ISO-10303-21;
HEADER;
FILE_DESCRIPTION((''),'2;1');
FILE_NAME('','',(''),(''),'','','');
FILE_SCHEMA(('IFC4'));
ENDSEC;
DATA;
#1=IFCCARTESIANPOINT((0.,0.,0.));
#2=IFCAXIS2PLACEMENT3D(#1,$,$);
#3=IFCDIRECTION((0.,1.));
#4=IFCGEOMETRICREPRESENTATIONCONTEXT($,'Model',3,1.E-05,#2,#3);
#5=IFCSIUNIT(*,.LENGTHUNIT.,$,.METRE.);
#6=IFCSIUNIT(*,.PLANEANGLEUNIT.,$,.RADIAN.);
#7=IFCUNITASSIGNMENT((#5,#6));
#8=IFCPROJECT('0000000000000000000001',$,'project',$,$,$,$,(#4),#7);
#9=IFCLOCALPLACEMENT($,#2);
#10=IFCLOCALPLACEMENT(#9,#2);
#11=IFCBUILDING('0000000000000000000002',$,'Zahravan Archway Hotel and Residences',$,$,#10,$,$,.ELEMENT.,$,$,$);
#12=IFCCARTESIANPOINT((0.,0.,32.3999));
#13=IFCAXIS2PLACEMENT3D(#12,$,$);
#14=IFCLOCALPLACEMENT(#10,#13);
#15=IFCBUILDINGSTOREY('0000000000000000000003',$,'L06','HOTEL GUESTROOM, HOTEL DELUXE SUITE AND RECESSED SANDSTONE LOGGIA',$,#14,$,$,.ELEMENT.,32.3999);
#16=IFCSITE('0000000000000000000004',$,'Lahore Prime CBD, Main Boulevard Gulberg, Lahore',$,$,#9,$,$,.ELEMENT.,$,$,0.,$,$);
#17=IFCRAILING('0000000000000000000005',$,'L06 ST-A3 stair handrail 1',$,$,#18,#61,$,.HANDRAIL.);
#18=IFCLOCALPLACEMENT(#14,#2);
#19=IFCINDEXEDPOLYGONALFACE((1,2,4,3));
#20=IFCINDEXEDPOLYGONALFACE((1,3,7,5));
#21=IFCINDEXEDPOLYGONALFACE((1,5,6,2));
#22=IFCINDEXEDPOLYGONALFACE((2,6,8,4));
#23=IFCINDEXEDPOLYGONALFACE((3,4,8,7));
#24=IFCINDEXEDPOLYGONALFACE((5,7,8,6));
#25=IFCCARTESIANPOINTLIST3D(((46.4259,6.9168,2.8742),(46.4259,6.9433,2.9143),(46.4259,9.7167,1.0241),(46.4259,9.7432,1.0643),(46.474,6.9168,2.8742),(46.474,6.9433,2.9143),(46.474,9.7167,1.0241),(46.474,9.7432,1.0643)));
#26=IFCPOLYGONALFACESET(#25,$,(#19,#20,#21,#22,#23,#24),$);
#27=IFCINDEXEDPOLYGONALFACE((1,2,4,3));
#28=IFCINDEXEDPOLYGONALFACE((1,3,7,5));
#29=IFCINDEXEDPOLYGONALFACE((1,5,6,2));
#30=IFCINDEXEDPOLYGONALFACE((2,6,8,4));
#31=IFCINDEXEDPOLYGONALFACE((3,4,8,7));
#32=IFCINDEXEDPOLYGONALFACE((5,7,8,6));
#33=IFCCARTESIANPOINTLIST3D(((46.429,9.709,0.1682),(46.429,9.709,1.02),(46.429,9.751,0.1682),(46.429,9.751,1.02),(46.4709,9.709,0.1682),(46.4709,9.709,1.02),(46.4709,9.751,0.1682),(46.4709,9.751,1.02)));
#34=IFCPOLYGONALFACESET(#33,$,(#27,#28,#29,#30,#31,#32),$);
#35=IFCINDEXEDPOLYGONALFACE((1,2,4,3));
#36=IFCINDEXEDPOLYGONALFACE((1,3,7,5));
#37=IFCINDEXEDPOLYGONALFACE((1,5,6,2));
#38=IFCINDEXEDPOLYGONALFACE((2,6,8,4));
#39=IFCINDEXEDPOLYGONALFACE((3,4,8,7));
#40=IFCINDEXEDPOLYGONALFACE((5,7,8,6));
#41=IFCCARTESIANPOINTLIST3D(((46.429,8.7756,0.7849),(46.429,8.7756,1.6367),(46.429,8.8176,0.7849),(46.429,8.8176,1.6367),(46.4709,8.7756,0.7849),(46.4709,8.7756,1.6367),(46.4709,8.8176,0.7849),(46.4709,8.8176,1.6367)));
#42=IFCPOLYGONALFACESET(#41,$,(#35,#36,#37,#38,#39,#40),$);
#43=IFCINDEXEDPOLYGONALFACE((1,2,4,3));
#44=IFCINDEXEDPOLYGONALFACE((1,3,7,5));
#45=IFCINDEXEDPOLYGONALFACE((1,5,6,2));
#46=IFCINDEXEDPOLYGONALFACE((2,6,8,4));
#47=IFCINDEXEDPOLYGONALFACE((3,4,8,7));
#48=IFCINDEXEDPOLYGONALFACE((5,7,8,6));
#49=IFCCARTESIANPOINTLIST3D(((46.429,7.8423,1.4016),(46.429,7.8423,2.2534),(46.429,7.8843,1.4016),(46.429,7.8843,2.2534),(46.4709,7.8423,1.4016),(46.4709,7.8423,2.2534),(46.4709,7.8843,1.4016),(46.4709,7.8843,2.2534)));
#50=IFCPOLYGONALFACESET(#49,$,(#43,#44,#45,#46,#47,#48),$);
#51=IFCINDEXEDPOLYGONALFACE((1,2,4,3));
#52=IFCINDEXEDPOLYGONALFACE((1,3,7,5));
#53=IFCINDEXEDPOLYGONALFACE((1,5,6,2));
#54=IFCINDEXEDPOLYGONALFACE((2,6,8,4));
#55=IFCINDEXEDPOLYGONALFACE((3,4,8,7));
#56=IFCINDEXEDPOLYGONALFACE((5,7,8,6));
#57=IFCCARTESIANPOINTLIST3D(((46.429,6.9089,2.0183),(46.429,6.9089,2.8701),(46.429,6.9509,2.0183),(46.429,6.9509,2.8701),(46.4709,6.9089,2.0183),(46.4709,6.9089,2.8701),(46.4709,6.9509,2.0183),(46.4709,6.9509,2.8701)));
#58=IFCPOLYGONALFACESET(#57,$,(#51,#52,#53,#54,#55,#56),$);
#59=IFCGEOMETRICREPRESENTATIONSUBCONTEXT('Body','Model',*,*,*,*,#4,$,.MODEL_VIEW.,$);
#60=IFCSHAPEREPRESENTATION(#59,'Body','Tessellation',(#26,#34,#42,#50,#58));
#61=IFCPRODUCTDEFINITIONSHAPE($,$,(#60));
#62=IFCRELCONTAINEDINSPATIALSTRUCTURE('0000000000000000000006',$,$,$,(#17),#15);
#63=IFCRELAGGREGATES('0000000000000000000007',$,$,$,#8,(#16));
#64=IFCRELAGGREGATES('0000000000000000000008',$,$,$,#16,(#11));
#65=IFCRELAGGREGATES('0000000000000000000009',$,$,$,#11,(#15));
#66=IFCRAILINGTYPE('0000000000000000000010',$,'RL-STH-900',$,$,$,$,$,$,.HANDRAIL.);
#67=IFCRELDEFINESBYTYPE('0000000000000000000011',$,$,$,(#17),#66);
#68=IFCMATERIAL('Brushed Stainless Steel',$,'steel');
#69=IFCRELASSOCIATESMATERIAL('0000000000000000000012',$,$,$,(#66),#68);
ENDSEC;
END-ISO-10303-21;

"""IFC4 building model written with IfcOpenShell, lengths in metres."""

from ifc_helpers import new_model, si_unit, direction, frame, origin, origin_2d, place, context, subcontext, project, spatial, rectangle, extrude, material, type_object, element, save


model = new_model("IFC4")

# Units and contexts
model_context = context("Model", 3, precision=1e-05, world=origin(), true_north=direction((0.0, 1.0)))
body_context = subcontext(model_context, "Body", "Model", "MODEL_VIEW")
ifc_project = project(units=[si_unit("LENGTHUNIT", "METRE"), si_unit("PLANEANGLEUNIT", "RADIAN")], contexts=[model_context])

# Site, building, storey
site_placement = place(None, origin())
site = spatial("IfcSite", under=ifc_project, at=site_placement, Name="Lahore Prime CBD, Main Boulevard Gulberg, Lahore", CompositionType="ELEMENT", RefElevation=0.0)
building_placement = place(site_placement, origin())
building = spatial("IfcBuilding", under=site, at=building_placement, Name="Zahravan Archway Hotel and Residences", CompositionType="ELEMENT")
storey_placement = place(building_placement, frame((0.0, 0.0, 32.3999)))
storey = spatial("IfcBuildingStorey", under=building, at=storey_placement, Name="L06", Description="HOTEL GUESTROOM, HOTEL DELUXE SUITE AND RECESSED SANDSTONE LOGGIA", CompositionType="ELEMENT", Elevation=32.3999)

# Shared definitions
ifc_material_1 = material(Name="Brushed Stainless Steel", Category="steel")

# Railing
railing_type_1 = type_object("IfcRailingType", Name="RL-STH-900", PredefinedType="HANDRAIL", material=ifc_material_1)
for number, where, name in (
    (1, (46.45, 9.73, 0.1682), "L06 ST-A3 stair handrail 1"),
):
    element("IfcRailing", number, at=place(storey_placement, frame(where)), inside=storey, type_object=railing_type_1, Name=name, PredefinedType="HANDRAIL", context=body_context, shape_type="SweptSolid", body=[
        extrude(rectangle(XDim=0.0481, YDim=0.0481, at=origin_2d()), frame((0.0, 0.0, 0.876), z_axis=(0.0, -0.834326, 0.551271), x_axis=(1.0, 0.0, 0.0)), (0.0, 0.0, 1.0), 3.356),
        extrude(rectangle(XDim=0.042, YDim=0.042, at=origin_2d()), origin(), (0.0, 0.0, 1.0), 0.8518),
        extrude(rectangle(XDim=0.042, YDim=0.042, at=origin_2d()), frame((0.0, -0.9333, 0.6167)), (0.0, 0.0, 1.0), 0.8518),
        extrude(rectangle(XDim=0.042, YDim=0.042, at=origin_2d()), frame((0.0, -1.8667, 1.2334)), (0.0, 0.0, 1.0), 0.8518),
        extrude(rectangle(XDim=0.042, YDim=0.042, at=origin_2d()), frame((0.0, -2.8, 1.8501)), (0.0, 0.0, 1.0), 0.8518),
    ])

save(model, "model.ifc")
